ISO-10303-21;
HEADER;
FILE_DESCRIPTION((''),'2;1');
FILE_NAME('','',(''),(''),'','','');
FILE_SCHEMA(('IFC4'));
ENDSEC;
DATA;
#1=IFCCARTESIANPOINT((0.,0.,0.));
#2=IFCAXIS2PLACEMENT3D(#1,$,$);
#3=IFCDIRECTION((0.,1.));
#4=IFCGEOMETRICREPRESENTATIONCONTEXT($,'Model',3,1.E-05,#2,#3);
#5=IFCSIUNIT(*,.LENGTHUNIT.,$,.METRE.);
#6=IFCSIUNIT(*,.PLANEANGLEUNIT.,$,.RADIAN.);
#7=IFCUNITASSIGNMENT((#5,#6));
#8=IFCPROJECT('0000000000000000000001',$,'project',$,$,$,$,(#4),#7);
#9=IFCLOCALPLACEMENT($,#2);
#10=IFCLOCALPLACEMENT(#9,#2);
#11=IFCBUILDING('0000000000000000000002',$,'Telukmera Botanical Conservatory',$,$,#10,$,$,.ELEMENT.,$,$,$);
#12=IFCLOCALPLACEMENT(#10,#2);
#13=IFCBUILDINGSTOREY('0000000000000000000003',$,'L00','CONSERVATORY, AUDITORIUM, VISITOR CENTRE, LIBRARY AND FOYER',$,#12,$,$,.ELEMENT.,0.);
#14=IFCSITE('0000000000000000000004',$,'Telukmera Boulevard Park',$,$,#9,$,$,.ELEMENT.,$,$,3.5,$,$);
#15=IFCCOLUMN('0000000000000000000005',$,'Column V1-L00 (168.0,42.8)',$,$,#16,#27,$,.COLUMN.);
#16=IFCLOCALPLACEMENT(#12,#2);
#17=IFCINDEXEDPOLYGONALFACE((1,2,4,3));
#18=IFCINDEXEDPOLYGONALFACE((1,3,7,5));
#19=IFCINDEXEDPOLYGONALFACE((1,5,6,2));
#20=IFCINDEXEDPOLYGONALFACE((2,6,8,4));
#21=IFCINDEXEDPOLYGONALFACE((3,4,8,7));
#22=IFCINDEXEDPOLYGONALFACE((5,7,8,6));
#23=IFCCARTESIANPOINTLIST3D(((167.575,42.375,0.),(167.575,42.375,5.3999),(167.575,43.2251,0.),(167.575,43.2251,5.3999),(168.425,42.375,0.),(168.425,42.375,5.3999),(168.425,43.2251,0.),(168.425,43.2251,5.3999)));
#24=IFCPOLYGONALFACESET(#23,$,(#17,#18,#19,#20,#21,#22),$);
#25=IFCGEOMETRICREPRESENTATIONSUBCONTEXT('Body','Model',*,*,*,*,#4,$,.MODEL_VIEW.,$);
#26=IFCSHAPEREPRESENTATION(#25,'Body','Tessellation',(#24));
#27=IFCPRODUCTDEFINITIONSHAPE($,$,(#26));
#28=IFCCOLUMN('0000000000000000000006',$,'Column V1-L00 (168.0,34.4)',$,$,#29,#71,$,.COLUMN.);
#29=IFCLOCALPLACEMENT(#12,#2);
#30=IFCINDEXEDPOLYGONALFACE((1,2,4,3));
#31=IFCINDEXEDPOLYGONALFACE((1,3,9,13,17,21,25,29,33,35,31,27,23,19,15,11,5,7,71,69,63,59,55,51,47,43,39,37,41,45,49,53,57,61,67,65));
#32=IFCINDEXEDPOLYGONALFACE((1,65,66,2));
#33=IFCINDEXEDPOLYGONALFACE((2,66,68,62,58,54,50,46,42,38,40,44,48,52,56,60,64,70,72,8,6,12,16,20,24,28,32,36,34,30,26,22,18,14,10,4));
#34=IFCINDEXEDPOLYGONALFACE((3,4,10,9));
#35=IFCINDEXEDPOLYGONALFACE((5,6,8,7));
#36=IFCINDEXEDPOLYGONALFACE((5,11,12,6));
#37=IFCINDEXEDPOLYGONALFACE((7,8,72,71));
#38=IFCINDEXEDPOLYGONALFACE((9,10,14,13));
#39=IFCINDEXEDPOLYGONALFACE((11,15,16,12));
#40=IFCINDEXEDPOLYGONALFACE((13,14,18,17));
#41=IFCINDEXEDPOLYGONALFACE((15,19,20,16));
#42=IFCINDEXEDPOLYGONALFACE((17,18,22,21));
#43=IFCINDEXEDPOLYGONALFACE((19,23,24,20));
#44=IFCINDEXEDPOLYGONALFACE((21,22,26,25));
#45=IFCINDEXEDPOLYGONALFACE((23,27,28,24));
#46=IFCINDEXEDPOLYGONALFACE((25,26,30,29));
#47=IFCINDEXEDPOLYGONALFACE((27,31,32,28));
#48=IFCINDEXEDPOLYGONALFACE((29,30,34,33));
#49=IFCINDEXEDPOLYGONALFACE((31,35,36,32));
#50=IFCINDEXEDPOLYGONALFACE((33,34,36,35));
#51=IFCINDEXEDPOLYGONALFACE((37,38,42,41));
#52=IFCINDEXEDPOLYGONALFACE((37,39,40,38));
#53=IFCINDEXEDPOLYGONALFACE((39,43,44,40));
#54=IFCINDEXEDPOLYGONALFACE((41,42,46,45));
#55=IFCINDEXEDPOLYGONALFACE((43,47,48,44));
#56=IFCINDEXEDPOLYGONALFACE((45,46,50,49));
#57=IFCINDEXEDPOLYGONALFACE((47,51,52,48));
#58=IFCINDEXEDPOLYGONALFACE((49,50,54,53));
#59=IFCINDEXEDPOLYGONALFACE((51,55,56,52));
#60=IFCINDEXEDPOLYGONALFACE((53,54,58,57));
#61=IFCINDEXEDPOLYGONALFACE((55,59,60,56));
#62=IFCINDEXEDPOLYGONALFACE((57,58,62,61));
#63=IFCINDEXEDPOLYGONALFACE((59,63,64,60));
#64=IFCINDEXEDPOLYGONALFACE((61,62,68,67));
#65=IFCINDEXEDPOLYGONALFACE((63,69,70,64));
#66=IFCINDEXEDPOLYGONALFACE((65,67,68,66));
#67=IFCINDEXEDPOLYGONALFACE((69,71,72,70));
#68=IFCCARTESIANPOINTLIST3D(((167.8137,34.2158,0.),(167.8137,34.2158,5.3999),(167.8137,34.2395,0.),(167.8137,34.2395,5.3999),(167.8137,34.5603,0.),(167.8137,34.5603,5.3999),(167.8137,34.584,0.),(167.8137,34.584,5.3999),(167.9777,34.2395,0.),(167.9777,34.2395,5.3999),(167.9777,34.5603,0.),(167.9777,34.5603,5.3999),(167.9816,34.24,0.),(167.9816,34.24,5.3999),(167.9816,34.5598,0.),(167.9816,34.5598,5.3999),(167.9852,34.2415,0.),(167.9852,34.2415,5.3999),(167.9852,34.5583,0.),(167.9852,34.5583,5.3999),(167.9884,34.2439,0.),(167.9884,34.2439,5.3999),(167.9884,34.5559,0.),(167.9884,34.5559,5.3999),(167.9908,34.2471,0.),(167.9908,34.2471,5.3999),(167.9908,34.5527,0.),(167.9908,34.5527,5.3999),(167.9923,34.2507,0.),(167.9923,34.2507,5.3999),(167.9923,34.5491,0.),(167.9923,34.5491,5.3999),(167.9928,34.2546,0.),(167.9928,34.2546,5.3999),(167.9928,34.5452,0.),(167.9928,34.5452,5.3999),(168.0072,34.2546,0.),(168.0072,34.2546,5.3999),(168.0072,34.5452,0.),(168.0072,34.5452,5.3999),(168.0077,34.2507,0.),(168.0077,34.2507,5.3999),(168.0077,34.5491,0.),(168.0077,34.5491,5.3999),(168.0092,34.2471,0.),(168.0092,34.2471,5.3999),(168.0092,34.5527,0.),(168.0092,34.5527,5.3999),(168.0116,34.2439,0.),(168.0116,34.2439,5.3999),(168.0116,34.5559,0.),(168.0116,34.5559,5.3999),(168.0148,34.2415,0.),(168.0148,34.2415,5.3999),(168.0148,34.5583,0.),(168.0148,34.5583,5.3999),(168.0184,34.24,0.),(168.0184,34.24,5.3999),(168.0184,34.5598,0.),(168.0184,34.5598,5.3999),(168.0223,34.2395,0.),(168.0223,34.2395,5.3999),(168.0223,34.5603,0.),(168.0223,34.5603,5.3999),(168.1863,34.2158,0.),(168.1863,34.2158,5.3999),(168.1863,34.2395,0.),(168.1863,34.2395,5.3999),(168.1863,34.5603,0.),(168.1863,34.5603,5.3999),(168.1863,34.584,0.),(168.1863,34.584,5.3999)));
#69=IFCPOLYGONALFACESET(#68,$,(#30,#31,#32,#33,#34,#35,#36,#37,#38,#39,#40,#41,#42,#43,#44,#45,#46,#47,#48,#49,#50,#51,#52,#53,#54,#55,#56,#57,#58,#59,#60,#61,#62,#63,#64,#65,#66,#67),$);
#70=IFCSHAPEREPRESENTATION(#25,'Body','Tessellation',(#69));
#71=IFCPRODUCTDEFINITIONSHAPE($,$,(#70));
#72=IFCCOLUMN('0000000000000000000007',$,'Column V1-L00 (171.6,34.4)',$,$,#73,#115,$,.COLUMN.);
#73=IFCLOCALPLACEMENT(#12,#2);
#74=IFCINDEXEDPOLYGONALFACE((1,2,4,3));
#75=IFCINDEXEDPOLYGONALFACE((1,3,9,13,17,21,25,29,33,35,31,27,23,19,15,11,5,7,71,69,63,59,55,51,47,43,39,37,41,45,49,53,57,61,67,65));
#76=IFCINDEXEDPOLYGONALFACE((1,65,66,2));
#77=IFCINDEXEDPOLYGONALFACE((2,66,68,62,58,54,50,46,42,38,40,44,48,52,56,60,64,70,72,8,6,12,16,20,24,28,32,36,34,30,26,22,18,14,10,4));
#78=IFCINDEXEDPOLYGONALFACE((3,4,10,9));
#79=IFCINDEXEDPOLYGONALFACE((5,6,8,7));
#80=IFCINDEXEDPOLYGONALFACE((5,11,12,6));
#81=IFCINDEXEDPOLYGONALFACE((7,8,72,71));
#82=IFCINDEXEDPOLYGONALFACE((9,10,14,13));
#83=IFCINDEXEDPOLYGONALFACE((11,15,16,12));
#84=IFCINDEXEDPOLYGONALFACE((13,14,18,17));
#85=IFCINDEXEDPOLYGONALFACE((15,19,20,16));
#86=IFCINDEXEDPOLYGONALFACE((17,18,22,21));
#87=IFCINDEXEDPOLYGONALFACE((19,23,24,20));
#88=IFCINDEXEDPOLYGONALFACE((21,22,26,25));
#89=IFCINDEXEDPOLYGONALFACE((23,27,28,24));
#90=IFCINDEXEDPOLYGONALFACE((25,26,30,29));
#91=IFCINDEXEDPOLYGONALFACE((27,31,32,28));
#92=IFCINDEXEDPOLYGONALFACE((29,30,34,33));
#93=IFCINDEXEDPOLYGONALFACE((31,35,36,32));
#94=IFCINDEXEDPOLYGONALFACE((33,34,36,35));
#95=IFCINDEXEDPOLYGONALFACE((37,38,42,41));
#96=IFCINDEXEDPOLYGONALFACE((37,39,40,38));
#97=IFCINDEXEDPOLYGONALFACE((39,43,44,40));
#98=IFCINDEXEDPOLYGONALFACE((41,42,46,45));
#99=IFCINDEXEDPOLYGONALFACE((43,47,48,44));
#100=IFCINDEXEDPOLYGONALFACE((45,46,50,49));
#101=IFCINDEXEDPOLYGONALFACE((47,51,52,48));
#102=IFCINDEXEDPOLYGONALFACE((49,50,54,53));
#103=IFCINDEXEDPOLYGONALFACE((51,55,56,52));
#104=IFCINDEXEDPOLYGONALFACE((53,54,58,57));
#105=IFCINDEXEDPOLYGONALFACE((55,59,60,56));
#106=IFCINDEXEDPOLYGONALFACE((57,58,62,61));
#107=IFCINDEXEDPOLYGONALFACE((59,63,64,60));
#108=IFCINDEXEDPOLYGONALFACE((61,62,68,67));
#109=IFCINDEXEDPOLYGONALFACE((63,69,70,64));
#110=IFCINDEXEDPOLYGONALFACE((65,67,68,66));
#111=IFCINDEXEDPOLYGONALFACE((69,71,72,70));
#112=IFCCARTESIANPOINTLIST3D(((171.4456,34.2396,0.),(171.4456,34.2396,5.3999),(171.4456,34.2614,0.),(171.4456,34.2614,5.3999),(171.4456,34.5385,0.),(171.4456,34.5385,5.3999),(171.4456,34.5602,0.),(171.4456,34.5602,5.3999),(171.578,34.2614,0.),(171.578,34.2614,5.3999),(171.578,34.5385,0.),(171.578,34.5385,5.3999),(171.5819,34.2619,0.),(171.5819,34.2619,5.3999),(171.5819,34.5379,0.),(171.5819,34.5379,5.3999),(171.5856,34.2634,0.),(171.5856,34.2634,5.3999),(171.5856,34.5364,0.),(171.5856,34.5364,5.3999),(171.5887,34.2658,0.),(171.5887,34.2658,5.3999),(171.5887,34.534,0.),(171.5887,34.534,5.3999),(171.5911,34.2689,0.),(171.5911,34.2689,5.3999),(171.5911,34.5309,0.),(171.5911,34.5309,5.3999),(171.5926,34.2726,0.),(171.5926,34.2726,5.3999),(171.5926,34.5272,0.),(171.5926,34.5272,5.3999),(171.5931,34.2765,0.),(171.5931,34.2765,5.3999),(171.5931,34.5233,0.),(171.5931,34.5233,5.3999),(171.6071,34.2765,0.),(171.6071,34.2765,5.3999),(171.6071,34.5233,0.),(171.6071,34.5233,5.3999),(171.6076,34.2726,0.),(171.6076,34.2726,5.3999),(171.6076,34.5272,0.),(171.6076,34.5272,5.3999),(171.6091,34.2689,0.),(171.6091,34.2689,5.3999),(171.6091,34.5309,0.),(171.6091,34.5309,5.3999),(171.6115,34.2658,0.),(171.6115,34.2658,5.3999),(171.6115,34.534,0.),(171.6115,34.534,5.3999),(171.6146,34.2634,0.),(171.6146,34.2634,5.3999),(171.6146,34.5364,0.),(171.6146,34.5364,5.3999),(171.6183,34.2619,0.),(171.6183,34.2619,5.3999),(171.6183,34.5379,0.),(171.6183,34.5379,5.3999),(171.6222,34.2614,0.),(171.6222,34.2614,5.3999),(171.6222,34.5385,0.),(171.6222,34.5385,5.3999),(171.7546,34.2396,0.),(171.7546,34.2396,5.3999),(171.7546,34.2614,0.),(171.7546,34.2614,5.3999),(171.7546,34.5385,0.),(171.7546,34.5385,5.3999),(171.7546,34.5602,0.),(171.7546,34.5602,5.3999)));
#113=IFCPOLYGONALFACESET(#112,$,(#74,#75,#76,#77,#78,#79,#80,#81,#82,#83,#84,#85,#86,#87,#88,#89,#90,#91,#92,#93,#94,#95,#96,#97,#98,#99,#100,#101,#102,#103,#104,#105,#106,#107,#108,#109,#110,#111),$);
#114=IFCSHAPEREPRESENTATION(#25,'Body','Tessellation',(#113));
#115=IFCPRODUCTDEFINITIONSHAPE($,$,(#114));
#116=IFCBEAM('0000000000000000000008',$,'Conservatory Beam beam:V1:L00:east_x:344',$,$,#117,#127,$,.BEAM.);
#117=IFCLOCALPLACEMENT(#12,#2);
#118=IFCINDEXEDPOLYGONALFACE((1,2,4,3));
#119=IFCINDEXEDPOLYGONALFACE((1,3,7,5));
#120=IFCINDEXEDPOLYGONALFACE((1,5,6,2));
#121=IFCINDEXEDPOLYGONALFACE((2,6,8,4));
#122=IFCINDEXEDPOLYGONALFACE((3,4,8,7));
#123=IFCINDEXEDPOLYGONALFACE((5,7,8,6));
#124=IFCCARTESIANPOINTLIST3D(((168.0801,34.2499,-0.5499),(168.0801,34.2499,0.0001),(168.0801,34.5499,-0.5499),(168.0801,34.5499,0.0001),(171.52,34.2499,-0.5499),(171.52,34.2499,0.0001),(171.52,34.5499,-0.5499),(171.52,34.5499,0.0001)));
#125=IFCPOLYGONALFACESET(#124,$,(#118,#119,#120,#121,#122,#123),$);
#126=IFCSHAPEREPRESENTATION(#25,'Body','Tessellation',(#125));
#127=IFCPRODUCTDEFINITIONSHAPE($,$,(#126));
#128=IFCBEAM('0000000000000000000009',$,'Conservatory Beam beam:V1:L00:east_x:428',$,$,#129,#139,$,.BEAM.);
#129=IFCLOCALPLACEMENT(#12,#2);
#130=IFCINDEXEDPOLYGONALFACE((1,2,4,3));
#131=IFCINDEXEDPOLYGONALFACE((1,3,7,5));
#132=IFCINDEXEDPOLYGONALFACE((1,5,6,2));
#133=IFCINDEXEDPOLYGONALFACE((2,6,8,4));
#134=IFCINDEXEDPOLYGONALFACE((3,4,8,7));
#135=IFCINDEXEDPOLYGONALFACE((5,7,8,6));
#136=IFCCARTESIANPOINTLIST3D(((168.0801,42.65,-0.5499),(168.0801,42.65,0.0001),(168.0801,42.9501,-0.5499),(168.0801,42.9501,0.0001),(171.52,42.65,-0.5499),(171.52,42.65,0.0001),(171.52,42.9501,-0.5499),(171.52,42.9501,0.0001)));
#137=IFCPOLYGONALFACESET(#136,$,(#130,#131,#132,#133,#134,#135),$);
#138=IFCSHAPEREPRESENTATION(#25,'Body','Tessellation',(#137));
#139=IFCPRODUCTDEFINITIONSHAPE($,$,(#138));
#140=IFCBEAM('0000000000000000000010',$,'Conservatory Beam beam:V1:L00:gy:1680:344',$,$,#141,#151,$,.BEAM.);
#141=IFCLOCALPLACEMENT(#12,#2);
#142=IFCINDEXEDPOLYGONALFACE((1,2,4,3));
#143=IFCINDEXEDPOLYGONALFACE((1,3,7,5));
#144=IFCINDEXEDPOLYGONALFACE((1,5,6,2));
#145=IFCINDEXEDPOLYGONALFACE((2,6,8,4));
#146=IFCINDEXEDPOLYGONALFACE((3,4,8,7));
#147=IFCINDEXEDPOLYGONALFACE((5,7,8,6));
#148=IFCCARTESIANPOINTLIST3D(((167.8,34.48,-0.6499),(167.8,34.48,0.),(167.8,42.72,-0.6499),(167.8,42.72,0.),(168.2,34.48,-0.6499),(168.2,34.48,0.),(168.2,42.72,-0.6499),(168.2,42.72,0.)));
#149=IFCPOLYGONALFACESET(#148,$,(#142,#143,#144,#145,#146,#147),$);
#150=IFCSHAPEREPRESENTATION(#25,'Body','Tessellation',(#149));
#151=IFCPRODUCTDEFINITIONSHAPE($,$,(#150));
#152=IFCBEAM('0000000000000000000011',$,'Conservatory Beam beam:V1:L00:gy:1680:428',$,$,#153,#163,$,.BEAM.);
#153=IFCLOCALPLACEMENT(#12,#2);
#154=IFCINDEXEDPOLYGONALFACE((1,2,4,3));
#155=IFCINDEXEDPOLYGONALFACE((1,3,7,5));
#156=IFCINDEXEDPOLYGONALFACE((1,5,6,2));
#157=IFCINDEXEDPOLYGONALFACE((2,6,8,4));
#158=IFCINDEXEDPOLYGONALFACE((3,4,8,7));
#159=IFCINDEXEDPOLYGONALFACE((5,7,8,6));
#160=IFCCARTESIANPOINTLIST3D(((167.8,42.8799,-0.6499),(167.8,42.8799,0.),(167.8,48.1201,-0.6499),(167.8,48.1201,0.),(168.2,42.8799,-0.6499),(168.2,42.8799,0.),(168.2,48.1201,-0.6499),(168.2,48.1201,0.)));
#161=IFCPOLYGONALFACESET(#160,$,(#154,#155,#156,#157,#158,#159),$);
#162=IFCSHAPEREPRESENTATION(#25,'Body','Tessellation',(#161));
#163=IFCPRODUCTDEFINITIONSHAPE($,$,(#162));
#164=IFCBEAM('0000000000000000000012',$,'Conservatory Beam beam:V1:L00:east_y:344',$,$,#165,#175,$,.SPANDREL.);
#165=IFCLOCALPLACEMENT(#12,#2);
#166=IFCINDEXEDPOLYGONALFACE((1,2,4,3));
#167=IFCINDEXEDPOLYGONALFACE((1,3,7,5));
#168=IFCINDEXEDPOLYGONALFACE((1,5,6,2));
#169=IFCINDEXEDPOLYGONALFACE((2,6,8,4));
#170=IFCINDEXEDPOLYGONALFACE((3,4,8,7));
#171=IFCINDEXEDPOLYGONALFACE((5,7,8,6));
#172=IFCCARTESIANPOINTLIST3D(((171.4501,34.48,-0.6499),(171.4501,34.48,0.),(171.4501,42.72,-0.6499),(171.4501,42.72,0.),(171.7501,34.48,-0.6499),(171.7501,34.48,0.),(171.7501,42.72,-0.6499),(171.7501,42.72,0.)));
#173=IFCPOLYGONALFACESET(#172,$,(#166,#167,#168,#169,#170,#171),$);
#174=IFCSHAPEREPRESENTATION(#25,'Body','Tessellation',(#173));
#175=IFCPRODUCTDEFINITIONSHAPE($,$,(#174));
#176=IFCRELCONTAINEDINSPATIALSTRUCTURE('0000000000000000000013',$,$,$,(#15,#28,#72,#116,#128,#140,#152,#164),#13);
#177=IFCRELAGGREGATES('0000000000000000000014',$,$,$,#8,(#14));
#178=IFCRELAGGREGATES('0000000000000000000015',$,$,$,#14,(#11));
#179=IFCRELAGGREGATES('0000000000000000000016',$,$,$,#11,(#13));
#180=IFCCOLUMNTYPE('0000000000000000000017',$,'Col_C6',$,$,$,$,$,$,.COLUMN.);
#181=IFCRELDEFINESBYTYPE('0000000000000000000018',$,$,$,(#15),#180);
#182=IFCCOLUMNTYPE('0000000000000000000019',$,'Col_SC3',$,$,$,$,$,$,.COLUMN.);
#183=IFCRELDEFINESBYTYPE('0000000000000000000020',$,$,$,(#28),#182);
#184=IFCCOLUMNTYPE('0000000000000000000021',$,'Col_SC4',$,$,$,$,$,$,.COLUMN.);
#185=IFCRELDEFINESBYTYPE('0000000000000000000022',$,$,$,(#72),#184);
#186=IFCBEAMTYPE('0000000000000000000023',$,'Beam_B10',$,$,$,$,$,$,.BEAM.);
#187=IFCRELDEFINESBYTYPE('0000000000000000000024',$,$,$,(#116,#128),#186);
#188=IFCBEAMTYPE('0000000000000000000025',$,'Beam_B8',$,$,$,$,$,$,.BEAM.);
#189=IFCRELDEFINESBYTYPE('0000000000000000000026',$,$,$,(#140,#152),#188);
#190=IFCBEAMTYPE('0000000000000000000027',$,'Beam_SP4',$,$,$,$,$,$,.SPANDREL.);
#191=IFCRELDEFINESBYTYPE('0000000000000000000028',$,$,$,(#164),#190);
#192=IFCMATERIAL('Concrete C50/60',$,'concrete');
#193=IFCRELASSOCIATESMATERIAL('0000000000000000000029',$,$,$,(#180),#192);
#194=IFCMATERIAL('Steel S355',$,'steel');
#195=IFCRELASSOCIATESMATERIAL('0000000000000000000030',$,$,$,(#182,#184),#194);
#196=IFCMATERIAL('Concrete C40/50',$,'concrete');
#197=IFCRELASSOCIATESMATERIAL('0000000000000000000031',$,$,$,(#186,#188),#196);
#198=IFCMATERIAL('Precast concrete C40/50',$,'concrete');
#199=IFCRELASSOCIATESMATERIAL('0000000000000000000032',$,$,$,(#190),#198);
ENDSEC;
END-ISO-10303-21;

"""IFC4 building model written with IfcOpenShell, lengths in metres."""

from ifc_helpers import new_model, si_unit, direction, frame, origin, origin_2d, place, context, subcontext, project, spatial, rectangle, i_section, extrude, material, material_profile, profile_set, type_object, element, save


model = new_model("IFC4")

# Units and contexts
model_context = context("Model", 3, precision=1e-05, world=origin(), true_north=direction((0.0, 1.0)))
body_context = subcontext(model_context, "Body", "Model", "MODEL_VIEW")
ifc_project = project(units=[si_unit("LENGTHUNIT", "METRE"), si_unit("PLANEANGLEUNIT", "RADIAN")], contexts=[model_context])

# Site, building, storey
site_placement = place(None, origin())
site = spatial("IfcSite", under=ifc_project, at=site_placement, Name="Telukmera Boulevard Park", CompositionType="ELEMENT", RefElevation=3.5)
building_placement = place(site_placement, origin())
building = spatial("IfcBuilding", under=site, at=building_placement, Name="Telukmera Botanical Conservatory", CompositionType="ELEMENT")
storey_placement = place(building_placement, origin())
storey = spatial("IfcBuildingStorey", under=building, at=storey_placement, Name="L00", Description="CONSERVATORY, AUDITORIUM, VISITOR CENTRE, LIBRARY AND FOYER", CompositionType="ELEMENT", Elevation=0.0)

# Columns
ifc_material_1 = material(Name="Concrete C50/60", Category="concrete")
ifc_material_profile_1 = material_profile(ifc_material_1, rectangle(XDim=0.8501, YDim=0.8501, at=origin_2d()), Name="RC 850x850")
ifc_profile_set_1 = profile_set([ifc_material_profile_1], Name="Concrete C50/60")
column_type_1 = type_object("IfcColumnType", Name="Col_C6", PredefinedType="COLUMN", material=ifc_profile_set_1)
column_1_placement = place(storey_placement, frame((168.0, 42.8, 0.0), z_axis=(0.0, 0.0, 1.0), x_axis=(1.0, 0.0, 0.0)))
element("IfcColumn", 1, at=column_1_placement, inside=storey, type_object=column_type_1, Name="Column V1-L00 (168.0,42.8)", PredefinedType="COLUMN", context=body_context, shape_type="SweptSolid", body=[
    extrude(rectangle(XDim=0.8501, YDim=0.8501, at=origin_2d()), origin(), (0.0, 0.0, 1.0), 5.3999),
])
ifc_material_2 = material(Name="Steel S355", Category="steel")
ifc_material_profile_2 = material_profile(ifc_material_2, i_section(OverallWidth=0.3726, OverallDepth=0.3682, WebThickness=0.0144, FlangeThickness=0.0237, FilletRadius=0.0151, at=origin_2d()), Name="UC 356x368x177")
ifc_profile_set_2 = profile_set([ifc_material_profile_2], Name="Steel S355")
column_type_2 = type_object("IfcColumnType", Name="Col_SC3", PredefinedType="COLUMN", material=ifc_profile_set_2)
column_2_placement = place(storey_placement, frame((168.0, 34.3999, 0.0), z_axis=(0.0, 0.0, 1.0), x_axis=(1.0, 0.0, 0.0)))
element("IfcColumn", 2, at=column_2_placement, inside=storey, type_object=column_type_2, Name="Column V1-L00 (168.0,34.4)", PredefinedType="COLUMN", context=body_context, shape_type="SweptSolid", body=[
    extrude(i_section(OverallWidth=0.3726, OverallDepth=0.3682, WebThickness=0.0144, FlangeThickness=0.0237, FilletRadius=0.0151, at=origin_2d()), origin(), (0.0, 0.0, 1.0), 5.3999),
])
ifc_material_profile_3 = material_profile(ifc_material_2, i_section(OverallWidth=0.3091, OverallDepth=0.3206, WebThickness=0.0139, FlangeThickness=0.0217, FilletRadius=0.0151, at=origin_2d()), Name="UC 305x305x137")
ifc_profile_set_3 = profile_set([ifc_material_profile_3], Name="Steel S355")
column_type_3 = type_object("IfcColumnType", Name="Col_SC4", PredefinedType="COLUMN", material=ifc_profile_set_3)
column_3_placement = place(storey_placement, frame((171.6001, 34.3999, 0.0), z_axis=(0.0, 0.0, 1.0), x_axis=(1.0, 0.0, 0.0)))
element("IfcColumn", 3, at=column_3_placement, inside=storey, type_object=column_type_3, Name="Column V1-L00 (171.6,34.4)", PredefinedType="COLUMN", context=body_context, shape_type="SweptSolid", body=[
    extrude(i_section(OverallWidth=0.3091, OverallDepth=0.3206, WebThickness=0.0139, FlangeThickness=0.0217, FilletRadius=0.0151, at=origin_2d()), origin(), (0.0, 0.0, 1.0), 5.3999),
])

# Beams
ifc_material_3 = material(Name="Concrete C40/50", Category="concrete")
ifc_material_profile_4 = material_profile(ifc_material_3, rectangle(XDim=0.3, YDim=0.55, at=origin_2d()), Name="RC 300x550")
ifc_profile_set_4 = profile_set([ifc_material_profile_4], Name="Concrete C40/50")
beam_type_1 = type_object("IfcBeamType", Name="Beam_B10", PredefinedType="BEAM", material=ifc_profile_set_4)
for number, where, z_axis, x_axis, name in (
    (4, (168.0801, 34.3999, -0.2749), (1.0, 0.0, 0.0), (0.0, 1.0, 0.0), "Conservatory Beam beam:V1:L00:east_x:344"),
    (5, (168.0801, 42.8, -0.2749), (1.0, 0.0, 0.0), (0.0, 1.0, 0.0), "Conservatory Beam beam:V1:L00:east_x:428"),
):
    element("IfcBeam", number, at=place(storey_placement, frame(where, z_axis=z_axis, x_axis=x_axis)), inside=storey, type_object=beam_type_1, Name=name, PredefinedType="BEAM", context=body_context, shape_type="SweptSolid", body=[
        extrude(rectangle(XDim=0.3, YDim=0.55, at=origin_2d()), origin(), (0.0, 0.0, 1.0), 3.4399),
    ])
ifc_material_profile_5 = material_profile(ifc_material_3, rectangle(XDim=0.3999, YDim=0.6499, at=origin_2d()), Name="RC 400x650")
ifc_profile_set_5 = profile_set([ifc_material_profile_5], Name="Concrete C40/50")
beam_type_2 = type_object("IfcBeamType", Name="Beam_B8", PredefinedType="BEAM", material=ifc_profile_set_5)
beam_1_placement = place(storey_placement, frame((168.0, 34.48, -0.325), z_axis=(0.0, 1.0, 0.0), x_axis=(-1.0, 0.0, 0.0)))
element("IfcBeam", 6, at=beam_1_placement, inside=storey, type_object=beam_type_2, Name="Conservatory Beam beam:V1:L00:gy:1680:344", PredefinedType="BEAM", context=body_context, shape_type="SweptSolid", body=[
    extrude(rectangle(XDim=0.3999, YDim=0.6499, at=origin_2d()), origin(), (0.0, 0.0, 1.0), 8.24),
])
beam_2_placement = place(storey_placement, frame((168.0, 42.8799, -0.325), z_axis=(0.0, 1.0, 0.0), x_axis=(-1.0, 0.0, 0.0)))
element("IfcBeam", 7, at=beam_2_placement, inside=storey, type_object=beam_type_2, Name="Conservatory Beam beam:V1:L00:gy:1680:428", PredefinedType="BEAM", context=body_context, shape_type="SweptSolid", body=[
    extrude(rectangle(XDim=0.3999, YDim=0.6499, at=origin_2d()), origin(), (0.0, 0.0, 1.0), 5.2402),
])
ifc_material_4 = material(Name="Precast concrete C40/50", Category="concrete")
ifc_material_profile_6 = material_profile(ifc_material_4, rectangle(XDim=0.3, YDim=0.6499, at=origin_2d()), Name="PC 300x650")
ifc_profile_set_6 = profile_set([ifc_material_profile_6], Name="Precast concrete C40/50")
beam_type_3 = type_object("IfcBeamType", Name="Beam_SP4", PredefinedType="SPANDREL", material=ifc_profile_set_6)
beam_3_placement = place(storey_placement, frame((171.6001, 34.48, -0.325), z_axis=(0.0, 1.0, 0.0), x_axis=(-1.0, 0.0, 0.0)))
element("IfcBeam", 8, at=beam_3_placement, inside=storey, type_object=beam_type_3, Name="Conservatory Beam beam:V1:L00:east_y:344", PredefinedType="SPANDREL", context=body_context, shape_type="SweptSolid", body=[
    extrude(rectangle(XDim=0.3, YDim=0.6499, at=origin_2d()), origin(), (0.0, 0.0, 1.0), 8.24),
])

save(model, "model.ifc")
